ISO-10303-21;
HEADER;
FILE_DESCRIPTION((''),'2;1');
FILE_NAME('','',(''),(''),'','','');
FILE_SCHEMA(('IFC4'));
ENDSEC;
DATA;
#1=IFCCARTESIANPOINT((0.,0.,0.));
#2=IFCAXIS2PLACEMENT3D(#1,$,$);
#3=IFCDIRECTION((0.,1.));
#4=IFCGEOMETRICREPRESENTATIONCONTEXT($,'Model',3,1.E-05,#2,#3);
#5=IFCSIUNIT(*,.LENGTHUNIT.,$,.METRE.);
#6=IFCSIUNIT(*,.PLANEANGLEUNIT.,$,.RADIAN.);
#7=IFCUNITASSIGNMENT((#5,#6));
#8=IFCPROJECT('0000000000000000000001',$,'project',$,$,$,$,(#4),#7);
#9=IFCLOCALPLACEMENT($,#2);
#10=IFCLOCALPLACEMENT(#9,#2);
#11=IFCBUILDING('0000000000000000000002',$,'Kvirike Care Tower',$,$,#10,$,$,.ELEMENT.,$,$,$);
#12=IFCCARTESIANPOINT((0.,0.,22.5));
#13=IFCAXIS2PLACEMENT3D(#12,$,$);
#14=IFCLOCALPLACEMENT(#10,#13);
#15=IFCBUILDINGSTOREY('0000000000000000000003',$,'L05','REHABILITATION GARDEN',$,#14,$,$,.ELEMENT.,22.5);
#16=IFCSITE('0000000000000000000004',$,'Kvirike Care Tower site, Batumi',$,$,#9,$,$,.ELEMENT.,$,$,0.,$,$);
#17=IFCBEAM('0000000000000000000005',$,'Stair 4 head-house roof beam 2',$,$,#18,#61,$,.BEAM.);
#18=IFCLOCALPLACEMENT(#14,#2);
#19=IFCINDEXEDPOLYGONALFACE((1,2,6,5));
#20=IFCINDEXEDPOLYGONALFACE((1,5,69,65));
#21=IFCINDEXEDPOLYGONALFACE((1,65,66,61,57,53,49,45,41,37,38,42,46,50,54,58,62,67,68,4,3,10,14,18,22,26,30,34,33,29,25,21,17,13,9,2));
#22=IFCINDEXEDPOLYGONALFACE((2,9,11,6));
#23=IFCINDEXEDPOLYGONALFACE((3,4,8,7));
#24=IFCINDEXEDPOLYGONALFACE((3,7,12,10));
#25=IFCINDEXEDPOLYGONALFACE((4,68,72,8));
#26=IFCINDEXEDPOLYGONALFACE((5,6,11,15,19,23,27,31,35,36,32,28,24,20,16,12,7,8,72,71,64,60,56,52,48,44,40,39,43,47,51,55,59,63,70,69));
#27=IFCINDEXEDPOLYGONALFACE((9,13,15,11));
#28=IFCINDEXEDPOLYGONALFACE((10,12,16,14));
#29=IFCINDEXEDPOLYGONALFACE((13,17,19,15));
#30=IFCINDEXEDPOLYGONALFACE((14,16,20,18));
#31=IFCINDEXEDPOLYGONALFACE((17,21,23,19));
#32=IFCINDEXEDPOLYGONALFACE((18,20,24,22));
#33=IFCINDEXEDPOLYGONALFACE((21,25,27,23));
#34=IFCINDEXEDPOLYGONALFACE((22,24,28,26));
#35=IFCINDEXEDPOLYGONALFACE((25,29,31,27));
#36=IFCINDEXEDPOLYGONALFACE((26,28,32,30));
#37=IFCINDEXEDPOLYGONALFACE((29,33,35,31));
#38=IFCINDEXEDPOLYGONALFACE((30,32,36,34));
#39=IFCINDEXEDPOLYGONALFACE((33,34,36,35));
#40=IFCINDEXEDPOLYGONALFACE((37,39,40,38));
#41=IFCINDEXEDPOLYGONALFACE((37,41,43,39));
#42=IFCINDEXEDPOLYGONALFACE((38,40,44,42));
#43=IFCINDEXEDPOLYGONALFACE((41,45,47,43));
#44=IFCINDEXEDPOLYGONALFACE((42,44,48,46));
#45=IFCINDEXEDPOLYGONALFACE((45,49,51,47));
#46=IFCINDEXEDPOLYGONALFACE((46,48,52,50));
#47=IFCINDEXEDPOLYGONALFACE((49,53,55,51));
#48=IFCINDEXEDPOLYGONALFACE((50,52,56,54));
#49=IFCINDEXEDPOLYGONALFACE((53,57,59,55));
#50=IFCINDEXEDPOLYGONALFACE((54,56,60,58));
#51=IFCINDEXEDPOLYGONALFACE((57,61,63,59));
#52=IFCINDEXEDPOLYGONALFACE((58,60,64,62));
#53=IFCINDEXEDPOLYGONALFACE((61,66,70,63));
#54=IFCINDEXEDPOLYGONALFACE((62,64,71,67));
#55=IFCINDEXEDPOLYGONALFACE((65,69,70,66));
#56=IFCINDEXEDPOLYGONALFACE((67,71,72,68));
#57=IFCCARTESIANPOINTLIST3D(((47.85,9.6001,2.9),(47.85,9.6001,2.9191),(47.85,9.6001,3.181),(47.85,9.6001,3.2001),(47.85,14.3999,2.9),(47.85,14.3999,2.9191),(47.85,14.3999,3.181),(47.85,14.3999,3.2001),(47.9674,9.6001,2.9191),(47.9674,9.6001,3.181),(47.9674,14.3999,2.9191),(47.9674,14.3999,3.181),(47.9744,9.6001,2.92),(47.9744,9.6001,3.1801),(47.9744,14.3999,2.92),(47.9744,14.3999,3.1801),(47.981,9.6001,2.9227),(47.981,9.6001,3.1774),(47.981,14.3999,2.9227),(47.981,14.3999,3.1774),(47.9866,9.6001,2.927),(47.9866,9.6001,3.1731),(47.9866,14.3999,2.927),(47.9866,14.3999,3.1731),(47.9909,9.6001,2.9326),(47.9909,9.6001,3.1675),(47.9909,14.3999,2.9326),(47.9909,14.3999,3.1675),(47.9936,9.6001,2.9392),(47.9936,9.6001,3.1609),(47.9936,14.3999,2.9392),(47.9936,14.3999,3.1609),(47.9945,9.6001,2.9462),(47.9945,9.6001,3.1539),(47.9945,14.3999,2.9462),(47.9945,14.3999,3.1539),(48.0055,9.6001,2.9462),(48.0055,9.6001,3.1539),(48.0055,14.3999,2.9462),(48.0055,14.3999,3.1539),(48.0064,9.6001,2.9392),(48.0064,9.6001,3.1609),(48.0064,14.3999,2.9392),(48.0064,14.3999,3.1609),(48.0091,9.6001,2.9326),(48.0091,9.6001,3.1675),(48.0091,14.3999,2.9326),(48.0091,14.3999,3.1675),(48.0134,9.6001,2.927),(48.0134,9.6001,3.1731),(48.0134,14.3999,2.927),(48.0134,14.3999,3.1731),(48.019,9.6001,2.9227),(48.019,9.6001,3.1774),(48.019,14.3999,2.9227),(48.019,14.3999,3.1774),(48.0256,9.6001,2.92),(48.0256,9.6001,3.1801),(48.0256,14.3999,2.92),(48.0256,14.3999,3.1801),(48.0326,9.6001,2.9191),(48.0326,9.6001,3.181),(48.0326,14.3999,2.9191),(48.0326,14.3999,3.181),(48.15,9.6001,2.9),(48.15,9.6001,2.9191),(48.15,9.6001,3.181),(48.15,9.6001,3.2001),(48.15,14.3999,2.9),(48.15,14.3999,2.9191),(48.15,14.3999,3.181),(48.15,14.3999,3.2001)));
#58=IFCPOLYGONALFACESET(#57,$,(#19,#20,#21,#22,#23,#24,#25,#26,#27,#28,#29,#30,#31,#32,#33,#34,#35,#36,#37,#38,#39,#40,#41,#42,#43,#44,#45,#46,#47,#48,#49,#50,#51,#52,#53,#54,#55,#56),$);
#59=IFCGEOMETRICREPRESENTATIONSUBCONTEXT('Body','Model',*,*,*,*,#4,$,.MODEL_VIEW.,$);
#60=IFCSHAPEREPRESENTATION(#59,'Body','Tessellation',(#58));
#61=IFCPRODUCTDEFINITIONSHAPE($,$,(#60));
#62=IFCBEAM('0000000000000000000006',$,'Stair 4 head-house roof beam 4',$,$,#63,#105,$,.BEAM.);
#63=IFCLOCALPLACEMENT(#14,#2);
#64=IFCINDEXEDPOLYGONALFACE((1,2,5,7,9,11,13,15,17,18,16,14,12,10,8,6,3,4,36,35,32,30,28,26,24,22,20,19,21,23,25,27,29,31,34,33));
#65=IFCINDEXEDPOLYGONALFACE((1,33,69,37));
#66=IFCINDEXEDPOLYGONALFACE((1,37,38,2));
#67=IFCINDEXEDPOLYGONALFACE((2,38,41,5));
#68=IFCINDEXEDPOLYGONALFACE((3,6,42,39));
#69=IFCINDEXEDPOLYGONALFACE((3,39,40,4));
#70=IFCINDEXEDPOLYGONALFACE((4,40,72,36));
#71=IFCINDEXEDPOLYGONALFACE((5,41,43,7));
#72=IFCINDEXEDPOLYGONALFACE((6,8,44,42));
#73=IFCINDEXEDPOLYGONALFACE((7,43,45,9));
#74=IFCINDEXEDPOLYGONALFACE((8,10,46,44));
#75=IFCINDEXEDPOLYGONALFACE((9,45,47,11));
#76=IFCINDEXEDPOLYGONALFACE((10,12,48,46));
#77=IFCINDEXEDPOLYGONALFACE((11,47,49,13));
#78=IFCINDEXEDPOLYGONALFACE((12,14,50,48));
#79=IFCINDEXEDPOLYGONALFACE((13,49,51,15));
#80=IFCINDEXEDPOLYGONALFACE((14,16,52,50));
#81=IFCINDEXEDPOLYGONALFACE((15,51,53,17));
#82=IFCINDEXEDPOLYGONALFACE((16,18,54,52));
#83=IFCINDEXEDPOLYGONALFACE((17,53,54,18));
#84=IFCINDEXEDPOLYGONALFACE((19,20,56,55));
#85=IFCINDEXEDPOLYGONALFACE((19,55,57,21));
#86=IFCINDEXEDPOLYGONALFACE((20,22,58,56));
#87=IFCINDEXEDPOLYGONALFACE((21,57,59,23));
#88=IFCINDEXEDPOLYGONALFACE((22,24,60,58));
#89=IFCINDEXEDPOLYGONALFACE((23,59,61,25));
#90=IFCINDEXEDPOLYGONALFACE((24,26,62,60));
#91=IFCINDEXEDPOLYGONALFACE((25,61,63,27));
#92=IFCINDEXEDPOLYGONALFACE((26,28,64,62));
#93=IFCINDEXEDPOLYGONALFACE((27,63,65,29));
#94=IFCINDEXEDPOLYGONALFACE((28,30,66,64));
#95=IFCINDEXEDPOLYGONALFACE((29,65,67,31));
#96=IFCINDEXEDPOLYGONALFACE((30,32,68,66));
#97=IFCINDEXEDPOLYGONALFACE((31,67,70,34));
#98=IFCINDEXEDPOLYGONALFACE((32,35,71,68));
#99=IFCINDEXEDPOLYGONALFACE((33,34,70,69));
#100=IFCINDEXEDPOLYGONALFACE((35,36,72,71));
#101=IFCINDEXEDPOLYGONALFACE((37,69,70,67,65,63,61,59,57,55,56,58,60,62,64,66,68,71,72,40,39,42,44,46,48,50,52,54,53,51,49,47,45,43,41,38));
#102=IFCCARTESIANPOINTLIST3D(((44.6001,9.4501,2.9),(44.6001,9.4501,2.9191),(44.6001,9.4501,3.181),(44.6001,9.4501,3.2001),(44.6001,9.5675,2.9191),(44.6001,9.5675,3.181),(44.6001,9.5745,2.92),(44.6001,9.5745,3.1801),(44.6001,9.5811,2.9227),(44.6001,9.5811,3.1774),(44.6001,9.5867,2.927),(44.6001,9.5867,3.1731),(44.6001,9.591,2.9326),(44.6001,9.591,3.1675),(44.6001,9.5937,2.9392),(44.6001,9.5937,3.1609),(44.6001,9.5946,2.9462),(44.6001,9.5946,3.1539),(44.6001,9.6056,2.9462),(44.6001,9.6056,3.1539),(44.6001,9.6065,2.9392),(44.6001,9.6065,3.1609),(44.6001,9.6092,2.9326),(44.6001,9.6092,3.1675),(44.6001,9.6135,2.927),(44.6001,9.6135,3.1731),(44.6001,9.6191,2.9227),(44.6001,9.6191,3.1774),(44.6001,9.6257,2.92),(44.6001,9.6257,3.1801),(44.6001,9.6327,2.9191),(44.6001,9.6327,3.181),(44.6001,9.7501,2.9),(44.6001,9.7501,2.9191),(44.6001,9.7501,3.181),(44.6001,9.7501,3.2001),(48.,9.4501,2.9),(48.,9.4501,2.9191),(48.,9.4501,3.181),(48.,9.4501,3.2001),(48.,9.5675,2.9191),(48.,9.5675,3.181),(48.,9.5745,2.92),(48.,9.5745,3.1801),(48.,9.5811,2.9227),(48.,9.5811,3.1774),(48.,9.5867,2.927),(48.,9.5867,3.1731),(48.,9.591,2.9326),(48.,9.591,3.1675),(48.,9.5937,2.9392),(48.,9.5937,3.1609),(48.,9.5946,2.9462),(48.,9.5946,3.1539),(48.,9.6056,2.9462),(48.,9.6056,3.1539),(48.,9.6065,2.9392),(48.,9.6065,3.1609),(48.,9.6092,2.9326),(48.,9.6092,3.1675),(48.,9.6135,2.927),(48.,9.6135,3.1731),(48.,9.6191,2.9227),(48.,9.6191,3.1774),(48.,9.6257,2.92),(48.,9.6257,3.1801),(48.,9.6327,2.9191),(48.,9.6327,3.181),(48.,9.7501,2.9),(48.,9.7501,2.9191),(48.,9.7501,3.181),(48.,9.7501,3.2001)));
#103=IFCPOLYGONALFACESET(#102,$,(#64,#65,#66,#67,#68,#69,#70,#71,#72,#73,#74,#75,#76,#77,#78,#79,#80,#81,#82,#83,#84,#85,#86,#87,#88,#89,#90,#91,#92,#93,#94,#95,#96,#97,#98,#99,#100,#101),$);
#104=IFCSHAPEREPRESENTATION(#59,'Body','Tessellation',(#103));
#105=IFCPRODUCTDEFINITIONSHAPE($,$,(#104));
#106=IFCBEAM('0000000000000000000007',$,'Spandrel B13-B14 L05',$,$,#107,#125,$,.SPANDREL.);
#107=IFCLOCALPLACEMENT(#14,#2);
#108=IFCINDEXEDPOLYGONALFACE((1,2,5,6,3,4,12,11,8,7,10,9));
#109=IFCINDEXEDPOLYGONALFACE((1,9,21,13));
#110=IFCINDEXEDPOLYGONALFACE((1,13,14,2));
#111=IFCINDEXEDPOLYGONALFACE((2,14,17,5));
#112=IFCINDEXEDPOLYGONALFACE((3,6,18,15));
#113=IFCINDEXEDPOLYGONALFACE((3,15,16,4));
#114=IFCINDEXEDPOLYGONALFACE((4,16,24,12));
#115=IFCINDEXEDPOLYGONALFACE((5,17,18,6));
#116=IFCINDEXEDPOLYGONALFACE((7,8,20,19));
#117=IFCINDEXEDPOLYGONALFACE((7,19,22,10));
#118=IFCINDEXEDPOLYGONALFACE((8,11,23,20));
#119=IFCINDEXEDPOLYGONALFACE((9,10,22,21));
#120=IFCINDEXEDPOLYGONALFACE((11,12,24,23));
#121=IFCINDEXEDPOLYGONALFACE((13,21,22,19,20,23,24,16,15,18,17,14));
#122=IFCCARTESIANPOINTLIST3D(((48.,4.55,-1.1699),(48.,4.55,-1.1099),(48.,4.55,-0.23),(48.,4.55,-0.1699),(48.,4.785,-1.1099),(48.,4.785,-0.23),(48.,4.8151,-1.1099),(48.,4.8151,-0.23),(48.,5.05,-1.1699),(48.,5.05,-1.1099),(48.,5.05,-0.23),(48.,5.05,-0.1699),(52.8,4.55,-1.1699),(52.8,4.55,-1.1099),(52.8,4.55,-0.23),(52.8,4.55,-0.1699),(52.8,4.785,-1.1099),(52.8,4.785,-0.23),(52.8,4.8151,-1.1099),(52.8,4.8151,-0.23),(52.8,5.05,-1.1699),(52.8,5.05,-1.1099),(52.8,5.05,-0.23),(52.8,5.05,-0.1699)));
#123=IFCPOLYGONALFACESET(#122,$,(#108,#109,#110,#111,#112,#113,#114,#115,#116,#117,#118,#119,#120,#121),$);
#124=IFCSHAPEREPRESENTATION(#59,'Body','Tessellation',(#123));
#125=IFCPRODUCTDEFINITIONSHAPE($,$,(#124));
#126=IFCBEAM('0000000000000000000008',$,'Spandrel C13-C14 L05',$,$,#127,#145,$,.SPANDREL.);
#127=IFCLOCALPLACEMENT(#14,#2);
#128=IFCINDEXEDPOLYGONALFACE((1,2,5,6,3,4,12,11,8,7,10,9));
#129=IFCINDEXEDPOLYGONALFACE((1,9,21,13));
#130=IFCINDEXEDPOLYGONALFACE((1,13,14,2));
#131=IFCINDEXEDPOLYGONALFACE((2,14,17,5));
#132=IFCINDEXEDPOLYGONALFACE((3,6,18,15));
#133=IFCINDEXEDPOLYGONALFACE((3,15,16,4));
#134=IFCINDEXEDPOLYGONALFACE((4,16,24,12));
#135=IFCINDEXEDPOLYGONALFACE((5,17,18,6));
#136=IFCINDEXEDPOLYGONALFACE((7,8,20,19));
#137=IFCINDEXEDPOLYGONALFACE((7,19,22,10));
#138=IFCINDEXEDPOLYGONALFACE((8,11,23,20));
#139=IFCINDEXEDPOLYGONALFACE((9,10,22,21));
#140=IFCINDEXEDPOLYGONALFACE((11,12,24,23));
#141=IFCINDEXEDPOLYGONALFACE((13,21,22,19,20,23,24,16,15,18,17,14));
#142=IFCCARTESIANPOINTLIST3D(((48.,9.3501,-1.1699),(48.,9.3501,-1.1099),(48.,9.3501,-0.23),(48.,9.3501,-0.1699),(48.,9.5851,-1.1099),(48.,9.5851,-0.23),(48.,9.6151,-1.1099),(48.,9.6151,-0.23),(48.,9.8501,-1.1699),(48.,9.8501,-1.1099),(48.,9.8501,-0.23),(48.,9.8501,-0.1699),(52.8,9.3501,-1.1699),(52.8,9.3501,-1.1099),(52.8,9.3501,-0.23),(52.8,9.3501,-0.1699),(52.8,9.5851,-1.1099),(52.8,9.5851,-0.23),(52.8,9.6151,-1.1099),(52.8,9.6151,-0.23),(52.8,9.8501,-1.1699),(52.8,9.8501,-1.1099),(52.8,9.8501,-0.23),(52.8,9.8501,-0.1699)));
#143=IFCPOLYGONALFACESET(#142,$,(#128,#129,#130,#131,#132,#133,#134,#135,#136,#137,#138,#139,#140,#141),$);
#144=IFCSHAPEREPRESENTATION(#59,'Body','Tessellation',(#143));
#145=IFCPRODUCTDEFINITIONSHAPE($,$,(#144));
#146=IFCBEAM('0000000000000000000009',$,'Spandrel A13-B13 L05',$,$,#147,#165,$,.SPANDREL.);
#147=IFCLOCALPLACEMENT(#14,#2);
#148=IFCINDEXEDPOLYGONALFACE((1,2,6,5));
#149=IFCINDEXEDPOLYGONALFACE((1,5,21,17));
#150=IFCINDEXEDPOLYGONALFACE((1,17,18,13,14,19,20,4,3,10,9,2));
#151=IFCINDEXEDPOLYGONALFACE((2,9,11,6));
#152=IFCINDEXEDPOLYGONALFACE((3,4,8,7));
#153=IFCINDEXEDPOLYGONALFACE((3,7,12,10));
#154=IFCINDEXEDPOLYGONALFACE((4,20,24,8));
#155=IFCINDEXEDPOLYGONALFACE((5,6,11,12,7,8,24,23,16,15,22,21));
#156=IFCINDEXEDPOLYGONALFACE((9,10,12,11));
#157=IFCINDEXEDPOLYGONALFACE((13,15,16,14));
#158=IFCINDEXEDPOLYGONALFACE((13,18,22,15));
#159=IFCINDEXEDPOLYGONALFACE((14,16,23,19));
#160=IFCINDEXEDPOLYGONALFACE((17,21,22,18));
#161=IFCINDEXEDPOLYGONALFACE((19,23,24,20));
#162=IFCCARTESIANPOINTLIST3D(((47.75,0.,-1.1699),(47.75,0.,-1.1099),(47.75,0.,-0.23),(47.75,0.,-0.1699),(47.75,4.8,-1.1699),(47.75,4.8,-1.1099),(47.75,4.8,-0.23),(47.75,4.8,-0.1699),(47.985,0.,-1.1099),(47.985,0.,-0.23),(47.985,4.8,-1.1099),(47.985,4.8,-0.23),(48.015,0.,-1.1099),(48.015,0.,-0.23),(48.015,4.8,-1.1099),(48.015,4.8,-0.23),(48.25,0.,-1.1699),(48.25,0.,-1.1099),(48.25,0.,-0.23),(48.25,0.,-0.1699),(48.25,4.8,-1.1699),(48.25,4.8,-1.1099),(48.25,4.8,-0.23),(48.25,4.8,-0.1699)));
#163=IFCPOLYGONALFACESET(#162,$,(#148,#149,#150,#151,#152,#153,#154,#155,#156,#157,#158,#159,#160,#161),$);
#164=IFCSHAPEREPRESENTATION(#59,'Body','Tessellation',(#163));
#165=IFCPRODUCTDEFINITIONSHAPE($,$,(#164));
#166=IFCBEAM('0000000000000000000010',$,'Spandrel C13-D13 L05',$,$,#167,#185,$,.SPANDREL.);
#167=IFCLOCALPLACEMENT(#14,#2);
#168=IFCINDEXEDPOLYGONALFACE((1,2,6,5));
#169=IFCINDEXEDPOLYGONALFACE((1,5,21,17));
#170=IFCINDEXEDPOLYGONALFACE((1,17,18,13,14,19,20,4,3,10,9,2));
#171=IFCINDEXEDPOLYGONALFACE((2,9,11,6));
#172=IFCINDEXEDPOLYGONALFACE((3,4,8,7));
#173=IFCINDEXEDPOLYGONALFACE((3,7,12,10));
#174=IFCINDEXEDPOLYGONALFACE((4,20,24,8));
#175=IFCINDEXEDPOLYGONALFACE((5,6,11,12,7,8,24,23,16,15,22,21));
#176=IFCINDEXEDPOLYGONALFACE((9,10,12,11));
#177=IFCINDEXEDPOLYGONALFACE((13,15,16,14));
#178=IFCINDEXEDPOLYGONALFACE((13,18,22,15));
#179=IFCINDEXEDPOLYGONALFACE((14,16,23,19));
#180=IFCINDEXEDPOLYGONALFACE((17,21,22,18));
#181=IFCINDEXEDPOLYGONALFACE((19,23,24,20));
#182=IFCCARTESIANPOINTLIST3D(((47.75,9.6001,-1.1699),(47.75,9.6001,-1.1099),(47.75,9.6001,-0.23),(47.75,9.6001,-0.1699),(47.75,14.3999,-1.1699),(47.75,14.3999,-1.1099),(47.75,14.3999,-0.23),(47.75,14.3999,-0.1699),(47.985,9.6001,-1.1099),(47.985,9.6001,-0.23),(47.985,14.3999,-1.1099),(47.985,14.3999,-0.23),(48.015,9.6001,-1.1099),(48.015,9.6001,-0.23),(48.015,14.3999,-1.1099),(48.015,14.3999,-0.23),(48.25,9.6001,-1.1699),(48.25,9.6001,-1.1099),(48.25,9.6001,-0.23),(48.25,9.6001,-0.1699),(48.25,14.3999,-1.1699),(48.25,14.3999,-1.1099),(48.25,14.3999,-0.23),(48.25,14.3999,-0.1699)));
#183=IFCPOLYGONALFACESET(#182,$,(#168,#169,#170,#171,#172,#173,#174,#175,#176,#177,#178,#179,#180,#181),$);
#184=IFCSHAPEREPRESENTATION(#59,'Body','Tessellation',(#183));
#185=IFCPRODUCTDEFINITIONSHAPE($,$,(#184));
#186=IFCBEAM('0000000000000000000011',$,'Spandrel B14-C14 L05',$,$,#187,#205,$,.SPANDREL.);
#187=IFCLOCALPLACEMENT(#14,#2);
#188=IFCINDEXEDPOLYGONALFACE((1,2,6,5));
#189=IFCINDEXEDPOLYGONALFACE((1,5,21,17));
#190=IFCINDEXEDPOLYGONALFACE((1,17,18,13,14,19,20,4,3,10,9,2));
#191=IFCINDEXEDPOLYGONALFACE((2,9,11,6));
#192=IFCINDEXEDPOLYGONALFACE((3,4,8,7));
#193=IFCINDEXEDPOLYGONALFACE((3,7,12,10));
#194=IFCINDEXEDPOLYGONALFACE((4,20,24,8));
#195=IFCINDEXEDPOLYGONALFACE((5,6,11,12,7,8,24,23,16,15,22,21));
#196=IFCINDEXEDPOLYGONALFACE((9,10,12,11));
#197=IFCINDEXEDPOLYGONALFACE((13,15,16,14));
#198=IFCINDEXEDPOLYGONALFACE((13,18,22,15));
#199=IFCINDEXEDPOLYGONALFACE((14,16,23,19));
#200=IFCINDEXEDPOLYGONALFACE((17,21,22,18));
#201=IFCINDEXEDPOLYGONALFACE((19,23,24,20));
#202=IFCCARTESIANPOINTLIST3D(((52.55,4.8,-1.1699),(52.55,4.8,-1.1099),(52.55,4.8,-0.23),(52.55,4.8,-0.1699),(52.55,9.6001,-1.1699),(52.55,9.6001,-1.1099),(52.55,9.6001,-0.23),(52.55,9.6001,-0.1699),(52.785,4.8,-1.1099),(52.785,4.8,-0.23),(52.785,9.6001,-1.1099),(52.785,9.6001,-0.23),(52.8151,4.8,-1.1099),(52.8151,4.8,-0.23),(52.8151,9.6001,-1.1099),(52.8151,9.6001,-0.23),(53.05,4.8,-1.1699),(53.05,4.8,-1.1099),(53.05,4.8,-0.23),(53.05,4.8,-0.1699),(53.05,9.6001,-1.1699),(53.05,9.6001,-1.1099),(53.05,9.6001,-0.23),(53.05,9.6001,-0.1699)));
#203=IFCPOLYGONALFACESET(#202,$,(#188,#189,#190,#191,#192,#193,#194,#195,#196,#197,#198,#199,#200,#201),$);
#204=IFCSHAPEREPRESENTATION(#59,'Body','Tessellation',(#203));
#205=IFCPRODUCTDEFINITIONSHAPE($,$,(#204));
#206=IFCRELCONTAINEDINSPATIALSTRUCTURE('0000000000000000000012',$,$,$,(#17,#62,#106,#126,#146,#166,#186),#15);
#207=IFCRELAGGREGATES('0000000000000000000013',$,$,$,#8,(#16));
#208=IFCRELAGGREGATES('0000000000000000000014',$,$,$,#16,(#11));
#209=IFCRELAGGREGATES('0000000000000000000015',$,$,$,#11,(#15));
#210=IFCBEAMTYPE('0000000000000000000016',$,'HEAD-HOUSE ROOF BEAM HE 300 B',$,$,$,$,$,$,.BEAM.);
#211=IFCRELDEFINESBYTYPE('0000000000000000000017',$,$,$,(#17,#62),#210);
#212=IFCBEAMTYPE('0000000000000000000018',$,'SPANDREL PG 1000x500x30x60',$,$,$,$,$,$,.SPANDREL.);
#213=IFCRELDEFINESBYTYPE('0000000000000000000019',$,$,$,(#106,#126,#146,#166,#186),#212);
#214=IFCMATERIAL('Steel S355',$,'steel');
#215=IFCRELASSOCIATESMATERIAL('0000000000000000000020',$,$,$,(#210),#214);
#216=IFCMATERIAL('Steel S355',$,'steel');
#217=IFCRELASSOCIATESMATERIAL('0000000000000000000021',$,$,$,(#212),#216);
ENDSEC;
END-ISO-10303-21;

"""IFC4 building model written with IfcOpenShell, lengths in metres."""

from ifc_helpers import new_model, si_unit, direction, frame, origin, origin_2d, place, context, subcontext, project, spatial, i_section, extrude, material, material_profile, profile_set, type_object, element, save


model = new_model("IFC4")

# Units and contexts
model_context = context("Model", 3, precision=1e-05, world=origin(), true_north=direction((0.0, 1.0)))
body_context = subcontext(model_context, "Body", "Model", "MODEL_VIEW")
ifc_project = project(units=[si_unit("LENGTHUNIT", "METRE"), si_unit("PLANEANGLEUNIT", "RADIAN")], contexts=[model_context])

# Site, building, storey
site_placement = place(None, origin())
site = spatial("IfcSite", under=ifc_project, at=site_placement, Name="Kvirike Care Tower site, Batumi", CompositionType="ELEMENT", RefElevation=0.0)
building_placement = place(site_placement, origin())
building = spatial("IfcBuilding", under=site, at=building_placement, Name="Kvirike Care Tower", CompositionType="ELEMENT")
storey_placement = place(building_placement, frame((0.0, 0.0, 22.5)))
storey = spatial("IfcBuildingStorey", under=building, at=storey_placement, Name="L05", Description="REHABILITATION GARDEN", CompositionType="ELEMENT", Elevation=22.5)

# Beams
ifc_material_1 = material(Name="Steel S355", Category="steel")
ifc_material_profile_1 = material_profile(ifc_material_1, i_section(OverallWidth=0.3, OverallDepth=0.3, WebThickness=0.011, FlangeThickness=0.019, FilletRadius=0.0271, at=origin_2d()), Name="HE 300 B")
ifc_profile_set_1 = profile_set([ifc_material_profile_1], Name="Steel S355")
beam_type_1 = type_object("IfcBeamType", Name="HEAD-HOUSE ROOF BEAM HE 300 B", PredefinedType="BEAM", material=ifc_profile_set_1)
beam_1_placement = place(storey_placement, frame((48.0, 9.6001, 3.05), z_axis=(0.0, 1.0, 0.0), x_axis=(-1.0, 0.0, 0.0)))
element("IfcBeam", 1, at=beam_1_placement, inside=storey, type_object=beam_type_1, Name="Stair 4 head-house roof beam 2", PredefinedType="BEAM", context=body_context, shape_type="SweptSolid", body=[
    extrude(i_section(OverallWidth=0.3, OverallDepth=0.3, WebThickness=0.011, FlangeThickness=0.019, FilletRadius=0.0271, at=origin_2d()), origin(), (0.0, 0.0, 1.0), 4.7998),
])
beam_2_placement = place(storey_placement, frame((48.0, 9.6001, 3.05), z_axis=(-1.0, 0.0, 0.0), x_axis=(0.0, -1.0, 0.0)))
element("IfcBeam", 2, at=beam_2_placement, inside=storey, type_object=beam_type_1, Name="Stair 4 head-house roof beam 4", PredefinedType="BEAM", context=body_context, shape_type="SweptSolid", body=[
    extrude(i_section(OverallWidth=0.3, OverallDepth=0.3, WebThickness=0.011, FlangeThickness=0.019, FilletRadius=0.0271, at=origin_2d()), origin(), (0.0, 0.0, 1.0), 3.3999),
])
ifc_material_2 = material(Name="Steel S355", Category="steel")
ifc_material_profile_2 = material_profile(ifc_material_2, i_section(OverallWidth=0.5, OverallDepth=1.0, WebThickness=0.03, FlangeThickness=0.0601, at=origin_2d()), Name="PG 1000x500x30x60")
ifc_profile_set_2 = profile_set([ifc_material_profile_2], Name="Steel S355")
beam_type_2 = type_object("IfcBeamType", Name="SPANDREL PG 1000x500x30x60", PredefinedType="SPANDREL", material=ifc_profile_set_2)
for number, where, z_axis, x_axis, name in (
    (3, (48.0, 4.8, -0.6699), (1.0, 0.0, 0.0), (0.0, 1.0, 0.0), "Spandrel B13-B14 L05"),
    (4, (48.0, 9.6001, -0.6699), (1.0, 0.0, 0.0), (0.0, 1.0, 0.0), "Spandrel C13-C14 L05"),
    (5, (48.0, 0.0, -0.6699), (0.0, 1.0, 0.0), (-1.0, 0.0, 0.0), "Spandrel A13-B13 L05"),
):
    element("IfcBeam", number, at=place(storey_placement, frame(where, z_axis=z_axis, x_axis=x_axis)), inside=storey, type_object=beam_type_2, Name=name, PredefinedType="SPANDREL", context=body_context, shape_type="SweptSolid", body=[
        extrude(i_section(OverallWidth=0.5, OverallDepth=1.0, WebThickness=0.03, FlangeThickness=0.0601, at=origin_2d()), origin(), (0.0, 0.0, 1.0), 4.8),
    ])
beam_3_placement = place(storey_placement, frame((48.0, 9.6001, -0.6699), z_axis=(0.0, 1.0, 0.0), x_axis=(-1.0, 0.0, 0.0)))
element("IfcBeam", 6, at=beam_3_placement, inside=storey, type_object=beam_type_2, Name="Spandrel C13-D13 L05", PredefinedType="SPANDREL", context=body_context, shape_type="SweptSolid", body=[
    extrude(i_section(OverallWidth=0.5, OverallDepth=1.0, WebThickness=0.03, FlangeThickness=0.0601, at=origin_2d()), origin(), (0.0, 0.0, 1.0), 4.7998),
])
beam_4_placement = place(storey_placement, frame((52.8, 4.8, -0.6699), z_axis=(0.0, 1.0, 0.0), x_axis=(-1.0, 0.0, 0.0)))
element("IfcBeam", 7, at=beam_4_placement, inside=storey, type_object=beam_type_2, Name="Spandrel B14-C14 L05", PredefinedType="SPANDREL", context=body_context, shape_type="SweptSolid", body=[
    extrude(i_section(OverallWidth=0.5, OverallDepth=1.0, WebThickness=0.03, FlangeThickness=0.0601, at=origin_2d()), origin(), (0.0, 0.0, 1.0), 4.8),
])

save(model, "model.ifc")
